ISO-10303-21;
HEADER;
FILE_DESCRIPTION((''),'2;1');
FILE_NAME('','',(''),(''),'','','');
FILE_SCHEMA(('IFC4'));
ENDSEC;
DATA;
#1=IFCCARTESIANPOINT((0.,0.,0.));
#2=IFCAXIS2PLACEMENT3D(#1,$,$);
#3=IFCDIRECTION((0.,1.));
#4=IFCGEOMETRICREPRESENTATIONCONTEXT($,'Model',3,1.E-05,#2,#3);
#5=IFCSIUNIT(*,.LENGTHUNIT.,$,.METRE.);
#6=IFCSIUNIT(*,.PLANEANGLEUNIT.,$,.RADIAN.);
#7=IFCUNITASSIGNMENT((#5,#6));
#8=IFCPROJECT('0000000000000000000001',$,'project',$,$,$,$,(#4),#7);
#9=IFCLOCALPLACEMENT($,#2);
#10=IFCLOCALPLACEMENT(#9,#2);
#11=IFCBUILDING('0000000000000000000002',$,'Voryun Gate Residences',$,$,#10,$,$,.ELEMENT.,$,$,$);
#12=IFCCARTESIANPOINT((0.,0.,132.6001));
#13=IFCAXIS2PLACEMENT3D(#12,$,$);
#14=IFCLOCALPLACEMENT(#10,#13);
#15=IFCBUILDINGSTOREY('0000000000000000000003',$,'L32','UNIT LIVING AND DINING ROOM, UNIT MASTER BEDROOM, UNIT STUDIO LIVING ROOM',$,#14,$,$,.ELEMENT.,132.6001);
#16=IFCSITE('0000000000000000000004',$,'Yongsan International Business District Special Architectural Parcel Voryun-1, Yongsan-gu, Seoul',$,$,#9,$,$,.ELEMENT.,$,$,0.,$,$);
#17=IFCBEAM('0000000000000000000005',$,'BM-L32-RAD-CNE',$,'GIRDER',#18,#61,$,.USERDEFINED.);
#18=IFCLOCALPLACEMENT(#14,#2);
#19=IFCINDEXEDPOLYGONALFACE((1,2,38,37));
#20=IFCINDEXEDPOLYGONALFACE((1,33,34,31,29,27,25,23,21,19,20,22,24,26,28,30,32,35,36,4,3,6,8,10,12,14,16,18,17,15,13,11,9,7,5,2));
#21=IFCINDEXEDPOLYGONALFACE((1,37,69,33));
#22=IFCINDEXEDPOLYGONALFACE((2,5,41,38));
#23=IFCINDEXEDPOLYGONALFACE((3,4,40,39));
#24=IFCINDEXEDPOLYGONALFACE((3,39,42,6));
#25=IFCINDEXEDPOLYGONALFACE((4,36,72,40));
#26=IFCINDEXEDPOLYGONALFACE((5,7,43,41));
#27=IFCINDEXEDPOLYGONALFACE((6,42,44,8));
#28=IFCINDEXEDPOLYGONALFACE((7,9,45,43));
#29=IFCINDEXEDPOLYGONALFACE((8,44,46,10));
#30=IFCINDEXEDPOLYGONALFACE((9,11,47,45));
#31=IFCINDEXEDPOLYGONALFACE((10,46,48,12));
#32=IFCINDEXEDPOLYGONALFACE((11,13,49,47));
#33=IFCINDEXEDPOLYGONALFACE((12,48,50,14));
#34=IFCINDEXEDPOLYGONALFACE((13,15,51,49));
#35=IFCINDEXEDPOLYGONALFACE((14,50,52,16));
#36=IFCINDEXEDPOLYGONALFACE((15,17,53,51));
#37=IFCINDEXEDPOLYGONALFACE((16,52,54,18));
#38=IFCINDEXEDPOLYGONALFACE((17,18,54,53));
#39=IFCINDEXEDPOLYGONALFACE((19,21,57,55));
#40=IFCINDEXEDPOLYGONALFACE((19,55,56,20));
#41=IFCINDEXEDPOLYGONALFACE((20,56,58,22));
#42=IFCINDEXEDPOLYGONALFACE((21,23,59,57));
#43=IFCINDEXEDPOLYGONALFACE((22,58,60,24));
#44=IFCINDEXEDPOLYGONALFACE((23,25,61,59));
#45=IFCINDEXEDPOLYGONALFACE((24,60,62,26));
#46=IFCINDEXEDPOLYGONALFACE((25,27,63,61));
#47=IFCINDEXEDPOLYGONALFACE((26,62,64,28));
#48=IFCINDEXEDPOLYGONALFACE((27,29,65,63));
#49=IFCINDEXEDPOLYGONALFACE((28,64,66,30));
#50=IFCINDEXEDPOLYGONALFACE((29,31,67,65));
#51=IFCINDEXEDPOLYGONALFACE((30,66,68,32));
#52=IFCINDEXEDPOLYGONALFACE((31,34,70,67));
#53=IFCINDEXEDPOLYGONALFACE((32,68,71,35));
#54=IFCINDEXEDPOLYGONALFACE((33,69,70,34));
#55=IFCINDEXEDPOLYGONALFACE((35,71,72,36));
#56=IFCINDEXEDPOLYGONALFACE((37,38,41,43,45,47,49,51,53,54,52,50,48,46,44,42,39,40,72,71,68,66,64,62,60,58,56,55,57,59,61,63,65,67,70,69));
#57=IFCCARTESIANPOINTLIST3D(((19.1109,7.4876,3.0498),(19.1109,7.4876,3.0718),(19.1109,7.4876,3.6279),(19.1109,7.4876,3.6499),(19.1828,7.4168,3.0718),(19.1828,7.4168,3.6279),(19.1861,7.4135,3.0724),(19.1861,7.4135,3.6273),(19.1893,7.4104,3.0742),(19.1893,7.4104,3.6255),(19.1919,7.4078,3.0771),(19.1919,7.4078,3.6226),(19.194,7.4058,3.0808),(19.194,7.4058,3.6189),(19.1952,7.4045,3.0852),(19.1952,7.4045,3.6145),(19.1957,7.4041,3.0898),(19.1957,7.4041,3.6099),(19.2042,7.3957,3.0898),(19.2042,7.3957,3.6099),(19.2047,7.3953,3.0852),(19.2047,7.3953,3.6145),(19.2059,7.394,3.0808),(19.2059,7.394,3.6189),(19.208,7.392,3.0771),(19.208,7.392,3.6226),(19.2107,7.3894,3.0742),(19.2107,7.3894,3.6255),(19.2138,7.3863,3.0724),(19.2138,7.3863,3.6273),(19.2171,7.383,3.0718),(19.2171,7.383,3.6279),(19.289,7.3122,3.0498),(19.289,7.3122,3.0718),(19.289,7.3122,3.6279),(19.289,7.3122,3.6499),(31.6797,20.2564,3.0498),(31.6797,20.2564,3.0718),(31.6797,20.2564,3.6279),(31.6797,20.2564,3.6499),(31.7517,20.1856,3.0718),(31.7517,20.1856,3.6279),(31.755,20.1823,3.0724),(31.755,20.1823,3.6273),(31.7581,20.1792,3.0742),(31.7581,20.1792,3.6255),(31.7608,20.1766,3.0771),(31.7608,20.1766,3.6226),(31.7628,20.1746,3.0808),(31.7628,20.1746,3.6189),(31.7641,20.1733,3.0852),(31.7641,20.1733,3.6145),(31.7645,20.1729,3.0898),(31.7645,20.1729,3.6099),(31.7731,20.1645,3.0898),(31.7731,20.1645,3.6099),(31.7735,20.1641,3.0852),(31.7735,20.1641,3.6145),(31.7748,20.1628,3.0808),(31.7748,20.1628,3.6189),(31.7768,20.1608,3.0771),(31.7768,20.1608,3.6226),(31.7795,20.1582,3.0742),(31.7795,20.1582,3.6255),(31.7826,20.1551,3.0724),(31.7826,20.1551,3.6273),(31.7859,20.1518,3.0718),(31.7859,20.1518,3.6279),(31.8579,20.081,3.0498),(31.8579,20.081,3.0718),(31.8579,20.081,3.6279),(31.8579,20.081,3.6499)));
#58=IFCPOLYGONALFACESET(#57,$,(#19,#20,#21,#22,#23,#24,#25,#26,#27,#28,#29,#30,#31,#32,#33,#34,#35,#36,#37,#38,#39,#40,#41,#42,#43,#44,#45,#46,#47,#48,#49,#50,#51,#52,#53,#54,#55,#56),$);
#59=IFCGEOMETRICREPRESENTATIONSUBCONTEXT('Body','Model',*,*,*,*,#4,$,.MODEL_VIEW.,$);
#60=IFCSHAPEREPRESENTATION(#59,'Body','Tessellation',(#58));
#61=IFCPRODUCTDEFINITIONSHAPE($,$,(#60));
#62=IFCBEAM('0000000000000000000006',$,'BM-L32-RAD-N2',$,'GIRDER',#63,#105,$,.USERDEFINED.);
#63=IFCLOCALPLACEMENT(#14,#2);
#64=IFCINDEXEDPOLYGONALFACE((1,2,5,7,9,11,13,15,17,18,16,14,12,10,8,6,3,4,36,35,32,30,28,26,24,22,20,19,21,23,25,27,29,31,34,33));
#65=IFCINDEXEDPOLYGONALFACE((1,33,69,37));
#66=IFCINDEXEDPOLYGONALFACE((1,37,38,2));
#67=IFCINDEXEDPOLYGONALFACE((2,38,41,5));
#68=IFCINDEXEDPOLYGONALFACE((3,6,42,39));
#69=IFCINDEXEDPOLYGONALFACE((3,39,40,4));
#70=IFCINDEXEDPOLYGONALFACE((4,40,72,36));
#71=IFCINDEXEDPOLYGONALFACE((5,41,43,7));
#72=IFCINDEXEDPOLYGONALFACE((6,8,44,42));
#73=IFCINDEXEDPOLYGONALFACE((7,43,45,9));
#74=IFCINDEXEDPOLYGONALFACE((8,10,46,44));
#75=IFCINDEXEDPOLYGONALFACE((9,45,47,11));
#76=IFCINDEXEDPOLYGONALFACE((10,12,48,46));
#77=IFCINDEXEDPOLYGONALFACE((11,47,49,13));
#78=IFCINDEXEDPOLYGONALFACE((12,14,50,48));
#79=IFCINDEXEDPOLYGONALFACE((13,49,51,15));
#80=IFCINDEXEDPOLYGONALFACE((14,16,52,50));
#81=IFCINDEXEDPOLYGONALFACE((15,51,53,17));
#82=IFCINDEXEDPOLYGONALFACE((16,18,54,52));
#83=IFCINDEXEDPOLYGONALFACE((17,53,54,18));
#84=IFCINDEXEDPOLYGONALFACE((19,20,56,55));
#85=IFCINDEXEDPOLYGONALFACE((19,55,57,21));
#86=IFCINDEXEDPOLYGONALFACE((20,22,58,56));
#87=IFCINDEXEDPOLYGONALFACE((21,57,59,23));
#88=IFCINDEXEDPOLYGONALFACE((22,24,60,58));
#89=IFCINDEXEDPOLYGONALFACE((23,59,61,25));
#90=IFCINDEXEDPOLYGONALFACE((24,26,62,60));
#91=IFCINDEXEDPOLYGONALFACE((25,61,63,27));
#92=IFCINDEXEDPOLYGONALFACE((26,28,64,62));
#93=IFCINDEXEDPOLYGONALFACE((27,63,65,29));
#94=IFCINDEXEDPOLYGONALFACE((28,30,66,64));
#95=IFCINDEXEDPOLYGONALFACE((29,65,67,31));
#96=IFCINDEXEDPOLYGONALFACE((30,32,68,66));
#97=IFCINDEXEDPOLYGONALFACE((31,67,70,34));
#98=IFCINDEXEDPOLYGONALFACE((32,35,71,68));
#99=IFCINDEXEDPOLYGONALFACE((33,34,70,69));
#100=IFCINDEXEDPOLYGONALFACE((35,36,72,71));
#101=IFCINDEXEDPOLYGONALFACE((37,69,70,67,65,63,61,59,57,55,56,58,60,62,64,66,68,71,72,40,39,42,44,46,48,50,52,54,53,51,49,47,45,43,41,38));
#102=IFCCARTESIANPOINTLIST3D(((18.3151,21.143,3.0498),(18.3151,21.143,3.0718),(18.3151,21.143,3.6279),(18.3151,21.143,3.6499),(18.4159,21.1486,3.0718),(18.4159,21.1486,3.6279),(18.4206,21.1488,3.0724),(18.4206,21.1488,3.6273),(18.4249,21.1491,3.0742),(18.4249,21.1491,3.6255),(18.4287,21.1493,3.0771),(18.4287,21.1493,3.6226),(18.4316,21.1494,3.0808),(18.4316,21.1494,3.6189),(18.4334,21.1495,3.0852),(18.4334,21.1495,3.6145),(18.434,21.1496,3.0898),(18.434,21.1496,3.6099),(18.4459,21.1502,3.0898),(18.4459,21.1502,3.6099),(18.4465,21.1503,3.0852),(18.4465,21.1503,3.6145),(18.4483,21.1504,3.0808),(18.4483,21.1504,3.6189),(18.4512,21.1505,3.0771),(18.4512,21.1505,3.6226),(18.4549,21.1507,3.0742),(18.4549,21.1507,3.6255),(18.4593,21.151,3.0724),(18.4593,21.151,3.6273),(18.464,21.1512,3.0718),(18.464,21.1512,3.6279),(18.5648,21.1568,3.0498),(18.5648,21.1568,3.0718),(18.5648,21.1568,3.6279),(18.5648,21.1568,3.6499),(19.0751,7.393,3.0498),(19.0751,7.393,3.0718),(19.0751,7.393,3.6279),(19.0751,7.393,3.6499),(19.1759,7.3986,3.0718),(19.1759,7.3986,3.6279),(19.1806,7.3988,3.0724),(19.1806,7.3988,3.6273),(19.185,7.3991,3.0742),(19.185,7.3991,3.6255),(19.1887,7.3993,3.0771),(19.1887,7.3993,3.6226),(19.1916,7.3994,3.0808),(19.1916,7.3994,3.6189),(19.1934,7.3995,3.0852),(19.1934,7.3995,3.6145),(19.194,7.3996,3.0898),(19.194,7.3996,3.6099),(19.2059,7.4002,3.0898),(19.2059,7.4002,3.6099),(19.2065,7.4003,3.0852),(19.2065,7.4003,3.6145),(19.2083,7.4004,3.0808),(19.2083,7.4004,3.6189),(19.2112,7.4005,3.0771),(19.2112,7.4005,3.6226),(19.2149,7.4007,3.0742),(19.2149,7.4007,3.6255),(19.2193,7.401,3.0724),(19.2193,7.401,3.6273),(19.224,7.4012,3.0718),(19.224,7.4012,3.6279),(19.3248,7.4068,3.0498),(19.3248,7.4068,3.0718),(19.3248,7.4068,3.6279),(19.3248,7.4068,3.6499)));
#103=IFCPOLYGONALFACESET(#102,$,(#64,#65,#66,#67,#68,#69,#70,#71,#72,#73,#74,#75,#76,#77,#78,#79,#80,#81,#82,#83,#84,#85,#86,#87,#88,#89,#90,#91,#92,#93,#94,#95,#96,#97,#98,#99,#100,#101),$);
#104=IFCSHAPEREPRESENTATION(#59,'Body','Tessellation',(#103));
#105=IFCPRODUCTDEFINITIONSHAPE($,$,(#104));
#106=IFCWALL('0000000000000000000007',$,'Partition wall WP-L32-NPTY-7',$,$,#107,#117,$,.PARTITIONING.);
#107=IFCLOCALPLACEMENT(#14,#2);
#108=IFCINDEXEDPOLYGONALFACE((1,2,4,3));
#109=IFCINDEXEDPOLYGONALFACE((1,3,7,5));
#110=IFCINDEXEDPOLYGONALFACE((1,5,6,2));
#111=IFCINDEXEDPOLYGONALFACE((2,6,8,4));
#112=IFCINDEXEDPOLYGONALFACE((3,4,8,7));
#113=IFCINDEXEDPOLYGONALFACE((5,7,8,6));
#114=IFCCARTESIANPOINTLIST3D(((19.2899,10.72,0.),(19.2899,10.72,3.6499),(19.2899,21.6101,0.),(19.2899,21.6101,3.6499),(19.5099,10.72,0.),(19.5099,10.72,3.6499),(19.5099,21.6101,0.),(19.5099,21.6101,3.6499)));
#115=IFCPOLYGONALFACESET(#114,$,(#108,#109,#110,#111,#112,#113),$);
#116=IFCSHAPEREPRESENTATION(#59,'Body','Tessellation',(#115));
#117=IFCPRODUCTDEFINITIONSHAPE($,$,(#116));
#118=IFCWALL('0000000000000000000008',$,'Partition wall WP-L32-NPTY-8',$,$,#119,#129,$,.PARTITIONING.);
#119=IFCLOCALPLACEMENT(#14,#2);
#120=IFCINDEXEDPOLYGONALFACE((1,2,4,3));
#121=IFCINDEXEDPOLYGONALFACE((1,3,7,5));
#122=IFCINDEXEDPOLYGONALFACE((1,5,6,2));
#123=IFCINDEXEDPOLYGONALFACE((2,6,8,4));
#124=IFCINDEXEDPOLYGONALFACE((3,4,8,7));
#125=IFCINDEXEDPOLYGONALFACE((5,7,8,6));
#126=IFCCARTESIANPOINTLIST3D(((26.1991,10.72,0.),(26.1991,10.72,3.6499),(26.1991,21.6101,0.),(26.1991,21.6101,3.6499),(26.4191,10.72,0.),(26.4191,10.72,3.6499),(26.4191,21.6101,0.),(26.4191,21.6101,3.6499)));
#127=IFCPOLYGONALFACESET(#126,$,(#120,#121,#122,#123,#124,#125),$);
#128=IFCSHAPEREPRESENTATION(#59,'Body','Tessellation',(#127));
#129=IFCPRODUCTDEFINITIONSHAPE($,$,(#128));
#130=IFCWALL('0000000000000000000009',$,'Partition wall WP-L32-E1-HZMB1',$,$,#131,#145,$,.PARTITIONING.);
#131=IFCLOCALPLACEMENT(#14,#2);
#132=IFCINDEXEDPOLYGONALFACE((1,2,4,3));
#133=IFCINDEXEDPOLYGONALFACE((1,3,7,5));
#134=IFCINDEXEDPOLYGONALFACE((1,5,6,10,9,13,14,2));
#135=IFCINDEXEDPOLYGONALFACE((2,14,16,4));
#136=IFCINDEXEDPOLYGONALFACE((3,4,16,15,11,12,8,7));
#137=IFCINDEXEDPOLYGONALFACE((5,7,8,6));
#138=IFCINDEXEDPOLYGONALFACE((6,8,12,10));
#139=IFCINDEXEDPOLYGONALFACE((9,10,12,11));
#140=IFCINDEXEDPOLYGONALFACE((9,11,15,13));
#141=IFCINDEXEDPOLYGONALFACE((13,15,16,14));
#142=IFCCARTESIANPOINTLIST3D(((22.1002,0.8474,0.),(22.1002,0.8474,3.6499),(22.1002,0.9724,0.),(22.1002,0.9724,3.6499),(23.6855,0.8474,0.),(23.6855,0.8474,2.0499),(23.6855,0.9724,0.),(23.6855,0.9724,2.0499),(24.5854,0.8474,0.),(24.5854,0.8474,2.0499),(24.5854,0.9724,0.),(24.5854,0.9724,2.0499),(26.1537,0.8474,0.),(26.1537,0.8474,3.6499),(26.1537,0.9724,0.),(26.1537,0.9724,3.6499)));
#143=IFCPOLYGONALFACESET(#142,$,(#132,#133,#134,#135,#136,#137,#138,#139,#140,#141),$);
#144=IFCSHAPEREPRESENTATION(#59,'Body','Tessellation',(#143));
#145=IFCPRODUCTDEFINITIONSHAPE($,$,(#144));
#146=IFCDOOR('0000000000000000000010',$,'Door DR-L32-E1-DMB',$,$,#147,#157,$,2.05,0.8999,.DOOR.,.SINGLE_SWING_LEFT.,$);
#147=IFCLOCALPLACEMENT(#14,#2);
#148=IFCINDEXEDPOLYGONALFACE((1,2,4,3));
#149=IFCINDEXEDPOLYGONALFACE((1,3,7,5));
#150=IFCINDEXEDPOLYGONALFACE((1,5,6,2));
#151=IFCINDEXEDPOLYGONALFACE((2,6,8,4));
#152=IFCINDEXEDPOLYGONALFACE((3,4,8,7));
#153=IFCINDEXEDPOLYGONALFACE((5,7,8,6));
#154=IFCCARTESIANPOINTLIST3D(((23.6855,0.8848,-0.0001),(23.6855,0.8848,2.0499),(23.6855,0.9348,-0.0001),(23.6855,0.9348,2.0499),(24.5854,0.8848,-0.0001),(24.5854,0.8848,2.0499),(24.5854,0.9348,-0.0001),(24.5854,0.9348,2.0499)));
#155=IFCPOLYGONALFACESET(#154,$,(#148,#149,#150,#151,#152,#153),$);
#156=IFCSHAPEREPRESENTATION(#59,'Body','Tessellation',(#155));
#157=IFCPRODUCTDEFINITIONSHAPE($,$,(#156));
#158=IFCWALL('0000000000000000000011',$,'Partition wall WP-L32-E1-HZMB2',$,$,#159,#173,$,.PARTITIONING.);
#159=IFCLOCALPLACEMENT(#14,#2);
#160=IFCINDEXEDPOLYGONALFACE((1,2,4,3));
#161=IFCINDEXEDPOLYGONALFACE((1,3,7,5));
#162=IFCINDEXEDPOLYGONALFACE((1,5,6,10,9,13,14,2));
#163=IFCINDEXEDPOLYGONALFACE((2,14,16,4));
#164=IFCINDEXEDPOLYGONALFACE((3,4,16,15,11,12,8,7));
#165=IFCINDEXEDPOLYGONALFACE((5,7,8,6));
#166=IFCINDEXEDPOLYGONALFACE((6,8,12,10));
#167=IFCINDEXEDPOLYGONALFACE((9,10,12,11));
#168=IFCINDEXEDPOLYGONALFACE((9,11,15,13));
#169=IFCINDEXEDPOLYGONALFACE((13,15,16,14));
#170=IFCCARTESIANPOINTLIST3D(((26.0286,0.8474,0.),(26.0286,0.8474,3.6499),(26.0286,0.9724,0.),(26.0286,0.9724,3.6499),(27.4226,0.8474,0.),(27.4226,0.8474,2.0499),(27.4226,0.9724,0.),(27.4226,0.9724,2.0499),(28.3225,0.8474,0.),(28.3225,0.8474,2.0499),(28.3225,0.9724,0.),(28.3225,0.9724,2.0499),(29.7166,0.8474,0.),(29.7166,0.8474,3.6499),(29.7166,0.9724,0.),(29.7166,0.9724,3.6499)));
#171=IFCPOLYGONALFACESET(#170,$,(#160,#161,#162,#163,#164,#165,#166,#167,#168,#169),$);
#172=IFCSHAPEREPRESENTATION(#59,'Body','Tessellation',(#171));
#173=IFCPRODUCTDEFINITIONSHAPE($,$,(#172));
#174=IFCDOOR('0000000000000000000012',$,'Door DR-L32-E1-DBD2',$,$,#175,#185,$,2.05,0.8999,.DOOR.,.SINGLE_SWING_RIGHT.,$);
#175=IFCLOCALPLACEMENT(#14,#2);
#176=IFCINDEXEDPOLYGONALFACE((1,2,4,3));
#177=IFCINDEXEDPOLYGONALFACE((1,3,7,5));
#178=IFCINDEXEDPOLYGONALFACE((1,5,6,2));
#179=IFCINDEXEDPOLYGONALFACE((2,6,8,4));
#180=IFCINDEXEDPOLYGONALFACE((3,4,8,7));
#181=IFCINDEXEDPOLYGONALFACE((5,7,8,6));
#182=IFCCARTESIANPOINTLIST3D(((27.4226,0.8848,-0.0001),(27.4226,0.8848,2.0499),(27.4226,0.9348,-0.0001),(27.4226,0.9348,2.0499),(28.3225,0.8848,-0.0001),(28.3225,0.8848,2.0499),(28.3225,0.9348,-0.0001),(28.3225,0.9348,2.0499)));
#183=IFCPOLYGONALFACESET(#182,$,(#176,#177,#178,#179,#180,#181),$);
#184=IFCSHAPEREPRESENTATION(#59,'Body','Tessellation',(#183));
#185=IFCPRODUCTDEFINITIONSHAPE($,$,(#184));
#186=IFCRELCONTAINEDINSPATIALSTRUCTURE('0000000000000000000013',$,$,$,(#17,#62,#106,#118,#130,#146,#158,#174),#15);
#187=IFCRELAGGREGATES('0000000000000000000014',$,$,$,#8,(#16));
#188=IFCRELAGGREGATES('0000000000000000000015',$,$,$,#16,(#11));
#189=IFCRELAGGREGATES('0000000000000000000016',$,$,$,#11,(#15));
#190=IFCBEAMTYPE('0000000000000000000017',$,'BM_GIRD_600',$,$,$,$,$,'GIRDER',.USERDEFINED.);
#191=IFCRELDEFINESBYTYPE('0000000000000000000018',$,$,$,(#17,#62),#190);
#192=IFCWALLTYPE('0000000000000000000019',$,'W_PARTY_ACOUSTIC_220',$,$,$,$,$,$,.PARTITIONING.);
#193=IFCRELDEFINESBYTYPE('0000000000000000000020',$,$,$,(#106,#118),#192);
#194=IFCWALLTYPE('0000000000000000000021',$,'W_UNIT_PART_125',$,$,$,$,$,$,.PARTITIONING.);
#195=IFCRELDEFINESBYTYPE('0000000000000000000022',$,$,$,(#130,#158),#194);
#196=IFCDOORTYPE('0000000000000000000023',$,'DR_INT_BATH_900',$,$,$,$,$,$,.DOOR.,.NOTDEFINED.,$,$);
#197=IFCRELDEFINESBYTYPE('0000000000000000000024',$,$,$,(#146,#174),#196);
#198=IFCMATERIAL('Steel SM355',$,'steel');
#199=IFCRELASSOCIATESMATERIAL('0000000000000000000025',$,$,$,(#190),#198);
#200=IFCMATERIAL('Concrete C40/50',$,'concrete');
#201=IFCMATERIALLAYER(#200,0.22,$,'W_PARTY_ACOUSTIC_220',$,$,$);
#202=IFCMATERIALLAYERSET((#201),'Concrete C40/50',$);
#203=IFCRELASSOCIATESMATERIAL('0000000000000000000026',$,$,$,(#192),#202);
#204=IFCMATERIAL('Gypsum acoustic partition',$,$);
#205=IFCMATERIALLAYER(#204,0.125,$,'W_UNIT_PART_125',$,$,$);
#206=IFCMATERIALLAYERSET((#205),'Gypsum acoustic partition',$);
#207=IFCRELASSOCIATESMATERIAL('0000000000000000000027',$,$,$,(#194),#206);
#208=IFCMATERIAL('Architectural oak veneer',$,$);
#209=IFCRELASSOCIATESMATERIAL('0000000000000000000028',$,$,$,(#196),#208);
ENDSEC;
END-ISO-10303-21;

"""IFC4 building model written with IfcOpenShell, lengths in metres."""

from ifc_helpers import new_model, si_unit, direction, frame, frame_2d, origin, origin_2d, place, context, subcontext, project, spatial, rectangle, i_section, extrude, material, layer, layer_set, material_profile, profile_set, type_object, element, fill, save


model = new_model("IFC4")

# Units and contexts
model_context = context("Model", 3, precision=1e-05, world=origin(), true_north=direction((0.0, 1.0)))
body_context = subcontext(model_context, "Body", "Model", "MODEL_VIEW")
ifc_project = project(units=[si_unit("LENGTHUNIT", "METRE"), si_unit("PLANEANGLEUNIT", "RADIAN")], contexts=[model_context])

# Site, building, storey
site_placement = place(None, origin())
site = spatial("IfcSite", under=ifc_project, at=site_placement, Name="Yongsan International Business District Special Architectural Parcel Voryun-1, Yongsan-gu, Seoul", CompositionType="ELEMENT", RefElevation=0.0)
building_placement = place(site_placement, origin())
building = spatial("IfcBuilding", under=site, at=building_placement, Name="Voryun Gate Residences", CompositionType="ELEMENT")
storey_placement = place(building_placement, frame((0.0, 0.0, 132.6001)))
storey = spatial("IfcBuildingStorey", under=building, at=storey_placement, Name="L32", Description="UNIT LIVING AND DINING ROOM, UNIT MASTER BEDROOM, UNIT STUDIO LIVING ROOM", CompositionType="ELEMENT", Elevation=132.6001)

# Beams
ifc_material_1 = material(Name="Steel SM355", Category="steel")
ifc_material_profile_1 = material_profile(ifc_material_1, i_section(OverallWidth=0.25, OverallDepth=0.6001, WebThickness=0.012, FlangeThickness=0.022, FilletRadius=0.0181, at=origin_2d()), Name="H-600x250x12x22")
ifc_profile_set_1 = profile_set([ifc_material_profile_1], Name="Steel SM355")
beam_type_1 = type_object("IfcBeamType", Name="BM_GIRD_600", ElementType="GIRDER", PredefinedType="USERDEFINED", material=ifc_profile_set_1)
beam_1_placement = place(storey_placement, frame((19.2, 7.3999, 3.3499), z_axis=(0.701505, 0.712665, 0.0), x_axis=(-0.712665, 0.701505, 0.0)))
element("IfcBeam", 1, at=beam_1_placement, inside=storey, type_object=beam_type_1, Name="BM-L32-RAD-CNE", ObjectType="GIRDER", PredefinedType="USERDEFINED", context=body_context, shape_type="SweptSolid", body=[
    extrude(i_section(OverallWidth=0.25, OverallDepth=0.6001, WebThickness=0.012, FlangeThickness=0.022, FilletRadius=0.0181, at=origin_2d()), origin(), (0.0, 0.0, 1.0), 17.917),
])
beam_2_placement = place(storey_placement, frame((19.2, 7.3999, 3.3499), z_axis=(-0.055189, 0.998476, 0.0), x_axis=(-0.998476, -0.055189, 0.0)))
element("IfcBeam", 2, at=beam_2_placement, inside=storey, type_object=beam_type_1, Name="BM-L32-RAD-N2", ObjectType="GIRDER", PredefinedType="USERDEFINED", context=body_context, shape_type="SweptSolid", body=[
    extrude(i_section(OverallWidth=0.25, OverallDepth=0.6001, WebThickness=0.012, FlangeThickness=0.022, FilletRadius=0.0181, at=origin_2d()), origin(), (0.0, 0.0, 1.0), 13.771),
])

# Walls
ifc_material_2 = material(Name="Concrete C40/50", Category="concrete")
ifc_layer_1 = layer(ifc_material_2, 0.22, Name="W_PARTY_ACOUSTIC_220")
ifc_layer_set_1 = layer_set([ifc_layer_1], Name="Concrete C40/50")
wall_type_1 = type_object("IfcWallType", Name="W_PARTY_ACOUSTIC_220", PredefinedType="PARTITIONING", material=ifc_layer_set_1)
for number, where, z_axis, x_axis, name in (
    (3, (19.3999, 10.72, 0.0), (0.0, 0.0, 1.0), (0.0, 1.0, 0.0), "Partition wall WP-L32-NPTY-7"),
    (4, (26.3091, 10.72, 0.0), (0.0, 0.0, 1.0), (0.0, 1.0, 0.0), "Partition wall WP-L32-NPTY-8"),
):
    element("IfcWall", number, at=place(storey_placement, frame(where, z_axis=z_axis, x_axis=x_axis)), inside=storey, type_object=wall_type_1, Name=name, PredefinedType="PARTITIONING", context=body_context, shape_type="SweptSolid", body=[
        extrude(rectangle(XDim=10.8901, YDim=0.22, at=frame_2d((5.4451, 0.0))), origin(), (0.0, 0.0, 1.0), 3.6499),
    ])

# Walls, openings, doors
ifc_material_3 = material(Name="Gypsum acoustic partition")
ifc_layer_2 = layer(ifc_material_3, 0.125, Name="W_UNIT_PART_125")
ifc_layer_set_2 = layer_set([ifc_layer_2], Name="Gypsum acoustic partition")
wall_type_2 = type_object("IfcWallType", Name="W_UNIT_PART_125", PredefinedType="PARTITIONING", material=ifc_layer_set_2)
wall_1_placement = place(storey_placement, frame((22.1001, 0.9099, 0.0), z_axis=(0.0, 0.0, 1.0), x_axis=(1.0, 0.0, 0.0)))
wall_1 = element("IfcWall", 5, at=wall_1_placement, inside=storey, type_object=wall_type_2, Name="Partition wall WP-L32-E1-HZMB1", PredefinedType="PARTITIONING", context=body_context, shape_type="SweptSolid", body=[
    extrude(rectangle(XDim=4.0535, YDim=0.125, at=frame_2d((2.0269, 0.0))), origin(), (0.0, 0.0, 1.0), 3.6499),
])
opening_1_placement = place(wall_1_placement, frame((1.5854, 0.0, 0.0)))
opening_1 = element("IfcOpeningElement", 6, at=opening_1_placement, cuts=wall_1, PredefinedType="OPENING", context=body_context, shape_type="SweptSolid", body=[
    extrude(rectangle(XDim=0.8999, YDim=2.05, at=frame_2d((0.45, 1.0249))), frame((0.0, 0.0725, 0.0), z_axis=(0.0, -1.0, 0.0), x_axis=(1.0, 0.0, 0.0)), (0.0, 0.0, 1.0), 0.145),
])
ifc_material_4 = material(Name="Architectural oak veneer")
door_type = type_object("IfcDoorType", Name="DR_INT_BATH_900", OperationType="NOTDEFINED", PredefinedType="DOOR", material=ifc_material_4)
door_1_placement = place(opening_1_placement, origin())
door_1 = element("IfcDoor", 7, at=door_1_placement, inside=storey, type_object=door_type, Name="Door DR-L32-E1-DMB", OperationType="SINGLE_SWING_LEFT", OverallHeight=2.05, OverallWidth=0.8999, PredefinedType="DOOR", context=body_context, shape_type="SweptSolid", body=[
    extrude(rectangle(XDim=0.8999, YDim=2.05, at=frame_2d((0.45, 1.0249))), frame((0.0, 0.0249, 0.0), z_axis=(0.0, -1.0, 0.0), x_axis=(1.0, 0.0, 0.0)), (0.0, 0.0, 1.0), 0.05),
])
fill(opening_1, door_1)
wall_2_placement = place(storey_placement, frame((26.0286, 0.9099, 0.0), z_axis=(0.0, 0.0, 1.0), x_axis=(1.0, 0.0, 0.0)))
wall_2 = element("IfcWall", 8, at=wall_2_placement, inside=storey, type_object=wall_type_2, Name="Partition wall WP-L32-E1-HZMB2", PredefinedType="PARTITIONING", context=body_context, shape_type="SweptSolid", body=[
    extrude(rectangle(XDim=3.688, YDim=0.125, at=frame_2d((1.844, 0.0))), origin(), (0.0, 0.0, 1.0), 3.6499),
])
opening_2_placement = place(wall_2_placement, frame((1.394, 0.0, 0.0)))
opening_2 = element("IfcOpeningElement", 9, at=opening_2_placement, cuts=wall_2, PredefinedType="OPENING", context=body_context, shape_type="SweptSolid", body=[
    extrude(rectangle(XDim=0.8999, YDim=2.05, at=frame_2d((0.45, 1.0249))), frame((0.0, 0.0725, 0.0), z_axis=(0.0, -1.0, 0.0), x_axis=(1.0, 0.0, 0.0)), (0.0, 0.0, 1.0), 0.145),
])
door_2_placement = place(opening_2_placement, origin())
door_2 = element("IfcDoor", 10, at=door_2_placement, inside=storey, type_object=door_type, Name="Door DR-L32-E1-DBD2", OperationType="SINGLE_SWING_RIGHT", OverallHeight=2.05, OverallWidth=0.8999, PredefinedType="DOOR", context=body_context, shape_type="SweptSolid", body=[
    extrude(rectangle(XDim=0.8999, YDim=2.05, at=frame_2d((0.45, 1.0249))), frame((0.0, 0.0249, 0.0), z_axis=(0.0, -1.0, 0.0), x_axis=(1.0, 0.0, 0.0)), (0.0, 0.0, 1.0), 0.05),
])
fill(opening_2, door_2)

save(model, "model.ifc")
